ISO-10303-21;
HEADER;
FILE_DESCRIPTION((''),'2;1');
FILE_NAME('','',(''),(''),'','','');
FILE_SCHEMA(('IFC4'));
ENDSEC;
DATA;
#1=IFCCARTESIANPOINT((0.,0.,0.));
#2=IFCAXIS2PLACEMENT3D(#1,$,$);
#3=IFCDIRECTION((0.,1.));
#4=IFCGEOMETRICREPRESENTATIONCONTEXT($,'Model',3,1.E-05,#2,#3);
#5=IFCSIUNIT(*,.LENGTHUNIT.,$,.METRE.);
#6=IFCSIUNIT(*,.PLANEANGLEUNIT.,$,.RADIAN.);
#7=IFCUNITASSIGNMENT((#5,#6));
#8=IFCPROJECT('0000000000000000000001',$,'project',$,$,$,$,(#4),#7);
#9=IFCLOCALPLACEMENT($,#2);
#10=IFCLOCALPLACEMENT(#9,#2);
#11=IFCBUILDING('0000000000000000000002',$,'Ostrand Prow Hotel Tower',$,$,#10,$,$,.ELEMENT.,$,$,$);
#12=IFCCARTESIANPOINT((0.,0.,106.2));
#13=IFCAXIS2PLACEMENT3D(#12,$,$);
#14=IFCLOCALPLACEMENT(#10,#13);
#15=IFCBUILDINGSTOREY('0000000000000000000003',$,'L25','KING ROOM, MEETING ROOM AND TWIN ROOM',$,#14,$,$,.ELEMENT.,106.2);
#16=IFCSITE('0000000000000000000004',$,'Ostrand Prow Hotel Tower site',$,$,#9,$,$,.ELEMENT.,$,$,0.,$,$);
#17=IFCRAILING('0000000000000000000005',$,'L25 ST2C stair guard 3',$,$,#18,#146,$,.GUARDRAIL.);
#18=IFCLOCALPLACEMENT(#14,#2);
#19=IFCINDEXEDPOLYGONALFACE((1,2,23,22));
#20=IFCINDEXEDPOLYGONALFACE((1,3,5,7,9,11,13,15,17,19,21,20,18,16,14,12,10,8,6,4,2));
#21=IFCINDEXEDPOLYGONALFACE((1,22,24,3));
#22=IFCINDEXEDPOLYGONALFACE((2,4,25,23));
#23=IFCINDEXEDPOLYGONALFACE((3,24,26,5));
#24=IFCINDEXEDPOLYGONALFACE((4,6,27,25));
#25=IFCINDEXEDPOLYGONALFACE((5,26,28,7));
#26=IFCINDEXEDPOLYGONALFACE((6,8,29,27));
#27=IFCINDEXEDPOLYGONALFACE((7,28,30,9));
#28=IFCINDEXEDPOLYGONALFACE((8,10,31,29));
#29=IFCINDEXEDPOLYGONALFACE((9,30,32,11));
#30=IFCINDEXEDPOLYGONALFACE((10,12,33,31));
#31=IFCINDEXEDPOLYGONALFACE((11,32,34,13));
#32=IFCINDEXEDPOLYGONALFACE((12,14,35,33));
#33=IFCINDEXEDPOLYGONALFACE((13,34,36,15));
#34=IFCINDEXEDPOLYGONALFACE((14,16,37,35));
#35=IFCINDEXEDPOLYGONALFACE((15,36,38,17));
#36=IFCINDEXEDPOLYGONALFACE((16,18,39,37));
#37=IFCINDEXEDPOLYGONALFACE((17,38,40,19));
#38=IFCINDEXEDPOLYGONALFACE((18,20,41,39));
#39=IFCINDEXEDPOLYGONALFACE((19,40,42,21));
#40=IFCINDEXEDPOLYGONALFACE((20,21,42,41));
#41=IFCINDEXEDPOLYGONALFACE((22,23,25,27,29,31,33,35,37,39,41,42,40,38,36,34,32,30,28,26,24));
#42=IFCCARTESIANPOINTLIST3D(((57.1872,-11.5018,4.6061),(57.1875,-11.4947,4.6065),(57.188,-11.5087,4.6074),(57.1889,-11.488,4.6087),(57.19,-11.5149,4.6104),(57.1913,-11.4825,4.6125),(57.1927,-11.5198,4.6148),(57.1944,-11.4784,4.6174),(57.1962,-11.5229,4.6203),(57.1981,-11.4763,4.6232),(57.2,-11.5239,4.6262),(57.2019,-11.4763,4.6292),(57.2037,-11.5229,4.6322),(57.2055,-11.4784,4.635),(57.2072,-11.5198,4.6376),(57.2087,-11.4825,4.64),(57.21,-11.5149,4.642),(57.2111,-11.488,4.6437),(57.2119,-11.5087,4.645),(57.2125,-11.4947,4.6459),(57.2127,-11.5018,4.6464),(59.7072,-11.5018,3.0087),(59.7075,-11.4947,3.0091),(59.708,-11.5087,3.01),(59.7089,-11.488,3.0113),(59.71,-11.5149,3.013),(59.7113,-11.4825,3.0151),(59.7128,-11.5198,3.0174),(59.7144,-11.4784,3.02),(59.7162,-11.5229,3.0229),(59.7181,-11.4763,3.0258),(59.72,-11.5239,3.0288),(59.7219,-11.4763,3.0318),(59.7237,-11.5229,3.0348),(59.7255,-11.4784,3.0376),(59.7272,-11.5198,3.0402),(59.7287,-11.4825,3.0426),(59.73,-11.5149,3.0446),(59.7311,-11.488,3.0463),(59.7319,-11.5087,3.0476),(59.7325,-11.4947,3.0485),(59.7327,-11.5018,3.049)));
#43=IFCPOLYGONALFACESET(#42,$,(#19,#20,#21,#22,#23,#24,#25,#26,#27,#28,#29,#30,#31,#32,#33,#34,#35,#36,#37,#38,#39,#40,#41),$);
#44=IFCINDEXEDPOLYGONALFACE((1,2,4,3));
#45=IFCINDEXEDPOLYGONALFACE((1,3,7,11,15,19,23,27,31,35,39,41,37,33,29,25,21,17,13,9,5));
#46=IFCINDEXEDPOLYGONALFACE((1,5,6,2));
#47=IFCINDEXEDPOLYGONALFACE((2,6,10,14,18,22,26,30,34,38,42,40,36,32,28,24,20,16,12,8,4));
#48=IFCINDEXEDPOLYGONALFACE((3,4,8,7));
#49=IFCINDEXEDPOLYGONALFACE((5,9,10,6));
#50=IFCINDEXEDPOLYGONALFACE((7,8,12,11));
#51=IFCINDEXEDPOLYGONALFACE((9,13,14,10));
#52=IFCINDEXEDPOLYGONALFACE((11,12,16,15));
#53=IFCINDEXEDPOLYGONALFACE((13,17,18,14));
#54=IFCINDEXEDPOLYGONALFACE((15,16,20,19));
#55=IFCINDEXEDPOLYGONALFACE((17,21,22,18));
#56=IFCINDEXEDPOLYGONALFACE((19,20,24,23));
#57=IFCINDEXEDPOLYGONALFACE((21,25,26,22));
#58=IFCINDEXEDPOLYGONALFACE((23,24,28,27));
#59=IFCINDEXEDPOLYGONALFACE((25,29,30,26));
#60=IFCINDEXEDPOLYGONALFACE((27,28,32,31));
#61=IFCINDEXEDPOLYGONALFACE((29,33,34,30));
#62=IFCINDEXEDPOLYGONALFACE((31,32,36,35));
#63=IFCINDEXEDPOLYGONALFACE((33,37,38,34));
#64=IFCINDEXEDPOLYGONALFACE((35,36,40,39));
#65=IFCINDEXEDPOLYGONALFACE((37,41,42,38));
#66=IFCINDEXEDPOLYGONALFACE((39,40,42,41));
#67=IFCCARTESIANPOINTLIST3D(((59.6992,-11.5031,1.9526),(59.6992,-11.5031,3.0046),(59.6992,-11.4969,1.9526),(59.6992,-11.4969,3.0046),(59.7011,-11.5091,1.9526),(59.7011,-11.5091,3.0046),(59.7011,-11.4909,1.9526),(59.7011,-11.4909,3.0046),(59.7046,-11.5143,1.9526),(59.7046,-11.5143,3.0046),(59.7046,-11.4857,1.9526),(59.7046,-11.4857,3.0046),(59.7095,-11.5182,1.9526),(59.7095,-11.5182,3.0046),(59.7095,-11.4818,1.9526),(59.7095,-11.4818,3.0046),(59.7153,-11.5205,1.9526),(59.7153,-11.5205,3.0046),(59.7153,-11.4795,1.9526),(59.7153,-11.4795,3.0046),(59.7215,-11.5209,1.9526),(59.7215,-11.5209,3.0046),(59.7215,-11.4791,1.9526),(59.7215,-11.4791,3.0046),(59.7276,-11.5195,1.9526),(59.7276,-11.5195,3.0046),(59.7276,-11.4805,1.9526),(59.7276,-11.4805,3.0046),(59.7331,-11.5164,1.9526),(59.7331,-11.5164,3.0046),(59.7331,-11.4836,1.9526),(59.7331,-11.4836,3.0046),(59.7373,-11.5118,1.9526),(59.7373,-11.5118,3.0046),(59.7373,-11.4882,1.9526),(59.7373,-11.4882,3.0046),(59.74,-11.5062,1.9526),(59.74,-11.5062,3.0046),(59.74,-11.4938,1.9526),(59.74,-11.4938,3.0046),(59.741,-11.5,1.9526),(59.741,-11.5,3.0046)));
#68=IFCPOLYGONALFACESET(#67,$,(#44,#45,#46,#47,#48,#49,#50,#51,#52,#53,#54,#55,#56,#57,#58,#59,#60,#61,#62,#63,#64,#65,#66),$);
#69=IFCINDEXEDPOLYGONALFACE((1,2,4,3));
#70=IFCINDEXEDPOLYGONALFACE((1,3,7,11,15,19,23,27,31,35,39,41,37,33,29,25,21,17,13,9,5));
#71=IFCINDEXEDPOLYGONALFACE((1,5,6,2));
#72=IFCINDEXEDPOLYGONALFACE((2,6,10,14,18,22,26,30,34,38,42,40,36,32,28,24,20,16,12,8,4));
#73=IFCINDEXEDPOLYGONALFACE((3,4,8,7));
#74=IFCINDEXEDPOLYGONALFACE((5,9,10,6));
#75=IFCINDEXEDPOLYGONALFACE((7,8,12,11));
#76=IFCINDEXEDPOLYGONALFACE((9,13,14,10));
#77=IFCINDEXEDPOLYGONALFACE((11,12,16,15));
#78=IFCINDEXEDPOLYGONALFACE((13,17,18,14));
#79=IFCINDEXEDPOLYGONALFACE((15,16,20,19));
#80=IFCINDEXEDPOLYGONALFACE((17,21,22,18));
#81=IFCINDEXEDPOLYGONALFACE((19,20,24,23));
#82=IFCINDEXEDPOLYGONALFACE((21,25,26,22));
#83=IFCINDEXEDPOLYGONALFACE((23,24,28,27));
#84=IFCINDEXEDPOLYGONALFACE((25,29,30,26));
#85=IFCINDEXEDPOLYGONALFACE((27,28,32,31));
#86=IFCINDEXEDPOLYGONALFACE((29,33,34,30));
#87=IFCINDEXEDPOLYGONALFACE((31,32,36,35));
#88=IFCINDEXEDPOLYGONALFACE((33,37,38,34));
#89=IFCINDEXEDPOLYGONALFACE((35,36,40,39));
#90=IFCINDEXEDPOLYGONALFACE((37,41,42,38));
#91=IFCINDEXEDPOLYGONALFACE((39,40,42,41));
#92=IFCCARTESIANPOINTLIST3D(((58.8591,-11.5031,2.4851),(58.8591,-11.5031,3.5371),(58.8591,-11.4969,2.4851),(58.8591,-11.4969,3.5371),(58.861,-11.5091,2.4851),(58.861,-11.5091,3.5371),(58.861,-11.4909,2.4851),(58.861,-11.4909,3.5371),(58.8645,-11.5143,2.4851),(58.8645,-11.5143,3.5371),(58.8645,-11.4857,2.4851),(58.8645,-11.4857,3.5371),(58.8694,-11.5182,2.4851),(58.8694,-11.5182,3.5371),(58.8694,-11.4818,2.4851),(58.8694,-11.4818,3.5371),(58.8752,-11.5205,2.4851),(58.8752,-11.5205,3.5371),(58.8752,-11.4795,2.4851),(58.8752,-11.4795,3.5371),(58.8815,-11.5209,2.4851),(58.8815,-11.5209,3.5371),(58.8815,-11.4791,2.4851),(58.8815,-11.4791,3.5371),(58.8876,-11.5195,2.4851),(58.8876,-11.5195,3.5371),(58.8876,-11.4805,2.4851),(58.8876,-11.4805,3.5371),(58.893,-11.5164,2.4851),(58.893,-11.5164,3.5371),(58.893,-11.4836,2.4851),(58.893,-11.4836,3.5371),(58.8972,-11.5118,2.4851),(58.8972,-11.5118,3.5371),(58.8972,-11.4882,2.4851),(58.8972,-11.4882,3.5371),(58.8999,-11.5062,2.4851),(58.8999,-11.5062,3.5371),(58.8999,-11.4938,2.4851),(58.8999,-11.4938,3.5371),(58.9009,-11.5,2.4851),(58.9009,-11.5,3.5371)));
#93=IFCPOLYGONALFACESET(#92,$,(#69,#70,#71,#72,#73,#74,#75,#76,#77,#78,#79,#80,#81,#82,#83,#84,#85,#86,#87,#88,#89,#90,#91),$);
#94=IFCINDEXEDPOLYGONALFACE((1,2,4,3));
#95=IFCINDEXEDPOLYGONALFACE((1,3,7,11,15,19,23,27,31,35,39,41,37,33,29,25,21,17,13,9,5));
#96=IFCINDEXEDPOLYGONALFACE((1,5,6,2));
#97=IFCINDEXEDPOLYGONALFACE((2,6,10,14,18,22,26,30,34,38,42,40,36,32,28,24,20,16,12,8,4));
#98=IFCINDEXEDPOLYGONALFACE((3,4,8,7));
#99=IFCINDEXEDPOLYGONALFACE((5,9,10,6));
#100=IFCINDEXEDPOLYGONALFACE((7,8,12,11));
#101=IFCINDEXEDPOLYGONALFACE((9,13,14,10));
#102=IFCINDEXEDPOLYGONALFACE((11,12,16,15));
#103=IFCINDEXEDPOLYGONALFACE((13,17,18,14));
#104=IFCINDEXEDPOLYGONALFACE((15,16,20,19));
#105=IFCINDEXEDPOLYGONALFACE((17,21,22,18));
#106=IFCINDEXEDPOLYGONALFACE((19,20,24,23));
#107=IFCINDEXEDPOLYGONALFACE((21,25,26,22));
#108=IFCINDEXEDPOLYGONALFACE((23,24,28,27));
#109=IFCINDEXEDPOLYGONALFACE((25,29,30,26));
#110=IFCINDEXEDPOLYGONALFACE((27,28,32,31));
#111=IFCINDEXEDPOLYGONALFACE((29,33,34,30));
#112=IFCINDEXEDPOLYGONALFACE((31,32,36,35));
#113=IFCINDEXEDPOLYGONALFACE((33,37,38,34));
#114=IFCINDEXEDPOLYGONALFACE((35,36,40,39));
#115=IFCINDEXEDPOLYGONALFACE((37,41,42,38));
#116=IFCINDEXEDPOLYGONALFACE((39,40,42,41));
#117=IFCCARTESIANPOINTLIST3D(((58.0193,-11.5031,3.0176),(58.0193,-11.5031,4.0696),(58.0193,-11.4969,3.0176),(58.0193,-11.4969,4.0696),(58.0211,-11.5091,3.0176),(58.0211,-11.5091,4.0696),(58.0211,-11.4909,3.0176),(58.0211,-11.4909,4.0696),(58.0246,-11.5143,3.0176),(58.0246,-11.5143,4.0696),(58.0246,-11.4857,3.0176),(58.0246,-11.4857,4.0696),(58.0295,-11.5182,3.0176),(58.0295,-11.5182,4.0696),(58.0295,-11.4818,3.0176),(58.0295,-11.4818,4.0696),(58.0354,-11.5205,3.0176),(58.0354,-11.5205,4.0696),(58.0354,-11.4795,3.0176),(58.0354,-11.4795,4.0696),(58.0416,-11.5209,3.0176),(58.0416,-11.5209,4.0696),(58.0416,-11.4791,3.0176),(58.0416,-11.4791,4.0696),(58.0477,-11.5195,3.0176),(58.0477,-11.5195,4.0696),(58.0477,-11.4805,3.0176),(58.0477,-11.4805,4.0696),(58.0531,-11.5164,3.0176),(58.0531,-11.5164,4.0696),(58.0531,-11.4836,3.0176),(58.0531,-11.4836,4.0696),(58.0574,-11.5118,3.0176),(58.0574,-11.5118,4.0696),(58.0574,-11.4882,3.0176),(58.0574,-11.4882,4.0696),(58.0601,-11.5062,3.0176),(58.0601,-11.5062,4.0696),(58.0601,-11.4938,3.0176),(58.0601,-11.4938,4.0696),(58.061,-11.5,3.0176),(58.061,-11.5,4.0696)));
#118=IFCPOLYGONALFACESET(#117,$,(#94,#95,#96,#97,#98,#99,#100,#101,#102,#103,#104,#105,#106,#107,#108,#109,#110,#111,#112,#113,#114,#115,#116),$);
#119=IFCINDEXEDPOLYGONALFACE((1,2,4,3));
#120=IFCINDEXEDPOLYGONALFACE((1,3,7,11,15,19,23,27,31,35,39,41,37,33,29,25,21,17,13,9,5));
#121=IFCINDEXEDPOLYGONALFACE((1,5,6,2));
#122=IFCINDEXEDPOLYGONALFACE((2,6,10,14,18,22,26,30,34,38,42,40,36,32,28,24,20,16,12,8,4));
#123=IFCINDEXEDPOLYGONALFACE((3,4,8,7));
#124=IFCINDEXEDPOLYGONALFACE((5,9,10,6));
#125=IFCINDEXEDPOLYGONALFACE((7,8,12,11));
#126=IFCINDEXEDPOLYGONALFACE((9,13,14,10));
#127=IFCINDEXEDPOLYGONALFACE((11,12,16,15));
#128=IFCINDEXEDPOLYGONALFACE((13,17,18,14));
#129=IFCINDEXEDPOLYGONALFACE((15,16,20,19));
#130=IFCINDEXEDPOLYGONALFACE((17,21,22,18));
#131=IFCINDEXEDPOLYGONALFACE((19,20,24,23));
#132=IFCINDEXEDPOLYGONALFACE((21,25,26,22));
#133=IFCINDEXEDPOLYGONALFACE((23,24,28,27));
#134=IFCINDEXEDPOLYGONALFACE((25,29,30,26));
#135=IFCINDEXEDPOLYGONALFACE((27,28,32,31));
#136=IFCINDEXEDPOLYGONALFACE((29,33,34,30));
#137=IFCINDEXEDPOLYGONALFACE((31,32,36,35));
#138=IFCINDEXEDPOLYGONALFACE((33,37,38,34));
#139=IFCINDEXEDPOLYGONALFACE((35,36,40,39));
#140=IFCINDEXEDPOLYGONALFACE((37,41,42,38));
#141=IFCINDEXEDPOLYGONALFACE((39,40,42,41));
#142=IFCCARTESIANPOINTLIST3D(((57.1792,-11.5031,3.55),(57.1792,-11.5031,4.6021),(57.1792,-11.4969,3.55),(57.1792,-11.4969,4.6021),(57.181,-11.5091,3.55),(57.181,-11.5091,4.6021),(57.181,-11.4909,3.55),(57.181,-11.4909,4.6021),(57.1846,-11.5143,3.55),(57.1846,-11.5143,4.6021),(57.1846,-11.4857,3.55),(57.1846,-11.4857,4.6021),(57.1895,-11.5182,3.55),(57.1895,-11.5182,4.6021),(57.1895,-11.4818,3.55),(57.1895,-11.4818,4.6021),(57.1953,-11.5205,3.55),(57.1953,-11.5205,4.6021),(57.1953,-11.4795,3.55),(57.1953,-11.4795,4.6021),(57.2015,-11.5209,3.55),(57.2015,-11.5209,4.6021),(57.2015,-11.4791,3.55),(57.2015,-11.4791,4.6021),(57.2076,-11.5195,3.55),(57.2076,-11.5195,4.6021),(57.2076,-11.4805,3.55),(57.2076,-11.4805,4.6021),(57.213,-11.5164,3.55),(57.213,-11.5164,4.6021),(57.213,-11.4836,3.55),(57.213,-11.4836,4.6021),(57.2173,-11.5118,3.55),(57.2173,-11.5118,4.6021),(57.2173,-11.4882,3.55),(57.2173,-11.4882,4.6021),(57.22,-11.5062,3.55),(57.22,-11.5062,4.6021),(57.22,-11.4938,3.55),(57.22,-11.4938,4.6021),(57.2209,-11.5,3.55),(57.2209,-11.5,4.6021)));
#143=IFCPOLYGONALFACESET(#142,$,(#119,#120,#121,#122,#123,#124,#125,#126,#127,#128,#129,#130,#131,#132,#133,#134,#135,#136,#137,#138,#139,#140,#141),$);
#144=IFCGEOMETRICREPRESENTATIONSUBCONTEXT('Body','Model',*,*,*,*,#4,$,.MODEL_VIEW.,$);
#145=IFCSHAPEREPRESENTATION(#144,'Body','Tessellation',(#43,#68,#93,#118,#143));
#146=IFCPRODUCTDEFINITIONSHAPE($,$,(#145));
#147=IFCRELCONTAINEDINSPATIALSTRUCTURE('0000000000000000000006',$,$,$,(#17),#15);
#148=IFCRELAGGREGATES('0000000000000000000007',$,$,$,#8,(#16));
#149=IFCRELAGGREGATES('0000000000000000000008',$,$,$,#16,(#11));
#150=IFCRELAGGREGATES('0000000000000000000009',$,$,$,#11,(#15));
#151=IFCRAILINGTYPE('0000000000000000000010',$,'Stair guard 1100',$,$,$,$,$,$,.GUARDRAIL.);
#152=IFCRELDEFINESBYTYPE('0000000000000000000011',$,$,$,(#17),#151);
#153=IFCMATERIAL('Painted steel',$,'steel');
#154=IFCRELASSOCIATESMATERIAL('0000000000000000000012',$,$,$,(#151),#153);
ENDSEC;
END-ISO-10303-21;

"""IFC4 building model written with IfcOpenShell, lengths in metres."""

from ifc_helpers import new_model, si_unit, direction, frame, origin, origin_2d, place, context, subcontext, project, spatial, circle, extrude, material, type_object, element, save


model = new_model("IFC4")

# Units and contexts
model_context = context("Model", 3, precision=1e-05, world=origin(), true_north=direction((0.0, 1.0)))
body_context = subcontext(model_context, "Body", "Model", "MODEL_VIEW")
ifc_project = project(units=[si_unit("LENGTHUNIT", "METRE"), si_unit("PLANEANGLEUNIT", "RADIAN")], contexts=[model_context])

# Site, building, storey
site_placement = place(None, origin())
site = spatial("IfcSite", under=ifc_project, at=site_placement, Name="Ostrand Prow Hotel Tower site", CompositionType="ELEMENT", RefElevation=0.0)
building_placement = place(site_placement, origin())
building = spatial("IfcBuilding", under=site, at=building_placement, Name="Ostrand Prow Hotel Tower", CompositionType="ELEMENT")
storey_placement = place(building_placement, frame((0.0, 0.0, 106.2)))
storey = spatial("IfcBuildingStorey", under=building, at=storey_placement, Name="L25", Description="KING ROOM, MEETING ROOM AND TWIN ROOM", CompositionType="ELEMENT", Elevation=106.2)

# Railing
ifc_material_1 = material(Name="Painted steel", Category="steel")
railing_type_1 = type_object("IfcRailingType", Name="Stair guard 1100", PredefinedType="GUARDRAIL", material=ifc_material_1)
railing_1_placement = place(storey_placement, frame((59.72, -11.5, 1.9526)))
element("IfcRailing", 1, at=railing_1_placement, inside=storey, type_object=railing_type_1, Name="L25 ST2C stair guard 3", PredefinedType="GUARDRAIL", context=body_context, shape_type="SweptSolid", body=[
    extrude(circle(Radius=0.0239, at=origin_2d()), frame((0.0, 0.0, 1.0762), z_axis=(-0.844607, 0.0, 0.535387), x_axis=(0.0, -1.0, 0.0)), (0.0, 0.0, 1.0), 2.9836),
    extrude(circle(Radius=0.021, at=origin_2d()), origin(), (0.0, 0.0, 1.0), 1.052),
    extrude(circle(Radius=0.021, at=origin_2d()), frame((-0.8401, 0.0, 0.5325)), (0.0, 0.0, 1.0), 1.052),
    extrude(circle(Radius=0.021, at=origin_2d()), frame((-1.6799, 0.0, 1.0649)), (0.0, 0.0, 1.0), 1.052),
    extrude(circle(Radius=0.021, at=origin_2d()), frame((-2.52, 0.0, 1.5974)), (0.0, 0.0, 1.0), 1.052),
])

save(model, "model.ifc")
